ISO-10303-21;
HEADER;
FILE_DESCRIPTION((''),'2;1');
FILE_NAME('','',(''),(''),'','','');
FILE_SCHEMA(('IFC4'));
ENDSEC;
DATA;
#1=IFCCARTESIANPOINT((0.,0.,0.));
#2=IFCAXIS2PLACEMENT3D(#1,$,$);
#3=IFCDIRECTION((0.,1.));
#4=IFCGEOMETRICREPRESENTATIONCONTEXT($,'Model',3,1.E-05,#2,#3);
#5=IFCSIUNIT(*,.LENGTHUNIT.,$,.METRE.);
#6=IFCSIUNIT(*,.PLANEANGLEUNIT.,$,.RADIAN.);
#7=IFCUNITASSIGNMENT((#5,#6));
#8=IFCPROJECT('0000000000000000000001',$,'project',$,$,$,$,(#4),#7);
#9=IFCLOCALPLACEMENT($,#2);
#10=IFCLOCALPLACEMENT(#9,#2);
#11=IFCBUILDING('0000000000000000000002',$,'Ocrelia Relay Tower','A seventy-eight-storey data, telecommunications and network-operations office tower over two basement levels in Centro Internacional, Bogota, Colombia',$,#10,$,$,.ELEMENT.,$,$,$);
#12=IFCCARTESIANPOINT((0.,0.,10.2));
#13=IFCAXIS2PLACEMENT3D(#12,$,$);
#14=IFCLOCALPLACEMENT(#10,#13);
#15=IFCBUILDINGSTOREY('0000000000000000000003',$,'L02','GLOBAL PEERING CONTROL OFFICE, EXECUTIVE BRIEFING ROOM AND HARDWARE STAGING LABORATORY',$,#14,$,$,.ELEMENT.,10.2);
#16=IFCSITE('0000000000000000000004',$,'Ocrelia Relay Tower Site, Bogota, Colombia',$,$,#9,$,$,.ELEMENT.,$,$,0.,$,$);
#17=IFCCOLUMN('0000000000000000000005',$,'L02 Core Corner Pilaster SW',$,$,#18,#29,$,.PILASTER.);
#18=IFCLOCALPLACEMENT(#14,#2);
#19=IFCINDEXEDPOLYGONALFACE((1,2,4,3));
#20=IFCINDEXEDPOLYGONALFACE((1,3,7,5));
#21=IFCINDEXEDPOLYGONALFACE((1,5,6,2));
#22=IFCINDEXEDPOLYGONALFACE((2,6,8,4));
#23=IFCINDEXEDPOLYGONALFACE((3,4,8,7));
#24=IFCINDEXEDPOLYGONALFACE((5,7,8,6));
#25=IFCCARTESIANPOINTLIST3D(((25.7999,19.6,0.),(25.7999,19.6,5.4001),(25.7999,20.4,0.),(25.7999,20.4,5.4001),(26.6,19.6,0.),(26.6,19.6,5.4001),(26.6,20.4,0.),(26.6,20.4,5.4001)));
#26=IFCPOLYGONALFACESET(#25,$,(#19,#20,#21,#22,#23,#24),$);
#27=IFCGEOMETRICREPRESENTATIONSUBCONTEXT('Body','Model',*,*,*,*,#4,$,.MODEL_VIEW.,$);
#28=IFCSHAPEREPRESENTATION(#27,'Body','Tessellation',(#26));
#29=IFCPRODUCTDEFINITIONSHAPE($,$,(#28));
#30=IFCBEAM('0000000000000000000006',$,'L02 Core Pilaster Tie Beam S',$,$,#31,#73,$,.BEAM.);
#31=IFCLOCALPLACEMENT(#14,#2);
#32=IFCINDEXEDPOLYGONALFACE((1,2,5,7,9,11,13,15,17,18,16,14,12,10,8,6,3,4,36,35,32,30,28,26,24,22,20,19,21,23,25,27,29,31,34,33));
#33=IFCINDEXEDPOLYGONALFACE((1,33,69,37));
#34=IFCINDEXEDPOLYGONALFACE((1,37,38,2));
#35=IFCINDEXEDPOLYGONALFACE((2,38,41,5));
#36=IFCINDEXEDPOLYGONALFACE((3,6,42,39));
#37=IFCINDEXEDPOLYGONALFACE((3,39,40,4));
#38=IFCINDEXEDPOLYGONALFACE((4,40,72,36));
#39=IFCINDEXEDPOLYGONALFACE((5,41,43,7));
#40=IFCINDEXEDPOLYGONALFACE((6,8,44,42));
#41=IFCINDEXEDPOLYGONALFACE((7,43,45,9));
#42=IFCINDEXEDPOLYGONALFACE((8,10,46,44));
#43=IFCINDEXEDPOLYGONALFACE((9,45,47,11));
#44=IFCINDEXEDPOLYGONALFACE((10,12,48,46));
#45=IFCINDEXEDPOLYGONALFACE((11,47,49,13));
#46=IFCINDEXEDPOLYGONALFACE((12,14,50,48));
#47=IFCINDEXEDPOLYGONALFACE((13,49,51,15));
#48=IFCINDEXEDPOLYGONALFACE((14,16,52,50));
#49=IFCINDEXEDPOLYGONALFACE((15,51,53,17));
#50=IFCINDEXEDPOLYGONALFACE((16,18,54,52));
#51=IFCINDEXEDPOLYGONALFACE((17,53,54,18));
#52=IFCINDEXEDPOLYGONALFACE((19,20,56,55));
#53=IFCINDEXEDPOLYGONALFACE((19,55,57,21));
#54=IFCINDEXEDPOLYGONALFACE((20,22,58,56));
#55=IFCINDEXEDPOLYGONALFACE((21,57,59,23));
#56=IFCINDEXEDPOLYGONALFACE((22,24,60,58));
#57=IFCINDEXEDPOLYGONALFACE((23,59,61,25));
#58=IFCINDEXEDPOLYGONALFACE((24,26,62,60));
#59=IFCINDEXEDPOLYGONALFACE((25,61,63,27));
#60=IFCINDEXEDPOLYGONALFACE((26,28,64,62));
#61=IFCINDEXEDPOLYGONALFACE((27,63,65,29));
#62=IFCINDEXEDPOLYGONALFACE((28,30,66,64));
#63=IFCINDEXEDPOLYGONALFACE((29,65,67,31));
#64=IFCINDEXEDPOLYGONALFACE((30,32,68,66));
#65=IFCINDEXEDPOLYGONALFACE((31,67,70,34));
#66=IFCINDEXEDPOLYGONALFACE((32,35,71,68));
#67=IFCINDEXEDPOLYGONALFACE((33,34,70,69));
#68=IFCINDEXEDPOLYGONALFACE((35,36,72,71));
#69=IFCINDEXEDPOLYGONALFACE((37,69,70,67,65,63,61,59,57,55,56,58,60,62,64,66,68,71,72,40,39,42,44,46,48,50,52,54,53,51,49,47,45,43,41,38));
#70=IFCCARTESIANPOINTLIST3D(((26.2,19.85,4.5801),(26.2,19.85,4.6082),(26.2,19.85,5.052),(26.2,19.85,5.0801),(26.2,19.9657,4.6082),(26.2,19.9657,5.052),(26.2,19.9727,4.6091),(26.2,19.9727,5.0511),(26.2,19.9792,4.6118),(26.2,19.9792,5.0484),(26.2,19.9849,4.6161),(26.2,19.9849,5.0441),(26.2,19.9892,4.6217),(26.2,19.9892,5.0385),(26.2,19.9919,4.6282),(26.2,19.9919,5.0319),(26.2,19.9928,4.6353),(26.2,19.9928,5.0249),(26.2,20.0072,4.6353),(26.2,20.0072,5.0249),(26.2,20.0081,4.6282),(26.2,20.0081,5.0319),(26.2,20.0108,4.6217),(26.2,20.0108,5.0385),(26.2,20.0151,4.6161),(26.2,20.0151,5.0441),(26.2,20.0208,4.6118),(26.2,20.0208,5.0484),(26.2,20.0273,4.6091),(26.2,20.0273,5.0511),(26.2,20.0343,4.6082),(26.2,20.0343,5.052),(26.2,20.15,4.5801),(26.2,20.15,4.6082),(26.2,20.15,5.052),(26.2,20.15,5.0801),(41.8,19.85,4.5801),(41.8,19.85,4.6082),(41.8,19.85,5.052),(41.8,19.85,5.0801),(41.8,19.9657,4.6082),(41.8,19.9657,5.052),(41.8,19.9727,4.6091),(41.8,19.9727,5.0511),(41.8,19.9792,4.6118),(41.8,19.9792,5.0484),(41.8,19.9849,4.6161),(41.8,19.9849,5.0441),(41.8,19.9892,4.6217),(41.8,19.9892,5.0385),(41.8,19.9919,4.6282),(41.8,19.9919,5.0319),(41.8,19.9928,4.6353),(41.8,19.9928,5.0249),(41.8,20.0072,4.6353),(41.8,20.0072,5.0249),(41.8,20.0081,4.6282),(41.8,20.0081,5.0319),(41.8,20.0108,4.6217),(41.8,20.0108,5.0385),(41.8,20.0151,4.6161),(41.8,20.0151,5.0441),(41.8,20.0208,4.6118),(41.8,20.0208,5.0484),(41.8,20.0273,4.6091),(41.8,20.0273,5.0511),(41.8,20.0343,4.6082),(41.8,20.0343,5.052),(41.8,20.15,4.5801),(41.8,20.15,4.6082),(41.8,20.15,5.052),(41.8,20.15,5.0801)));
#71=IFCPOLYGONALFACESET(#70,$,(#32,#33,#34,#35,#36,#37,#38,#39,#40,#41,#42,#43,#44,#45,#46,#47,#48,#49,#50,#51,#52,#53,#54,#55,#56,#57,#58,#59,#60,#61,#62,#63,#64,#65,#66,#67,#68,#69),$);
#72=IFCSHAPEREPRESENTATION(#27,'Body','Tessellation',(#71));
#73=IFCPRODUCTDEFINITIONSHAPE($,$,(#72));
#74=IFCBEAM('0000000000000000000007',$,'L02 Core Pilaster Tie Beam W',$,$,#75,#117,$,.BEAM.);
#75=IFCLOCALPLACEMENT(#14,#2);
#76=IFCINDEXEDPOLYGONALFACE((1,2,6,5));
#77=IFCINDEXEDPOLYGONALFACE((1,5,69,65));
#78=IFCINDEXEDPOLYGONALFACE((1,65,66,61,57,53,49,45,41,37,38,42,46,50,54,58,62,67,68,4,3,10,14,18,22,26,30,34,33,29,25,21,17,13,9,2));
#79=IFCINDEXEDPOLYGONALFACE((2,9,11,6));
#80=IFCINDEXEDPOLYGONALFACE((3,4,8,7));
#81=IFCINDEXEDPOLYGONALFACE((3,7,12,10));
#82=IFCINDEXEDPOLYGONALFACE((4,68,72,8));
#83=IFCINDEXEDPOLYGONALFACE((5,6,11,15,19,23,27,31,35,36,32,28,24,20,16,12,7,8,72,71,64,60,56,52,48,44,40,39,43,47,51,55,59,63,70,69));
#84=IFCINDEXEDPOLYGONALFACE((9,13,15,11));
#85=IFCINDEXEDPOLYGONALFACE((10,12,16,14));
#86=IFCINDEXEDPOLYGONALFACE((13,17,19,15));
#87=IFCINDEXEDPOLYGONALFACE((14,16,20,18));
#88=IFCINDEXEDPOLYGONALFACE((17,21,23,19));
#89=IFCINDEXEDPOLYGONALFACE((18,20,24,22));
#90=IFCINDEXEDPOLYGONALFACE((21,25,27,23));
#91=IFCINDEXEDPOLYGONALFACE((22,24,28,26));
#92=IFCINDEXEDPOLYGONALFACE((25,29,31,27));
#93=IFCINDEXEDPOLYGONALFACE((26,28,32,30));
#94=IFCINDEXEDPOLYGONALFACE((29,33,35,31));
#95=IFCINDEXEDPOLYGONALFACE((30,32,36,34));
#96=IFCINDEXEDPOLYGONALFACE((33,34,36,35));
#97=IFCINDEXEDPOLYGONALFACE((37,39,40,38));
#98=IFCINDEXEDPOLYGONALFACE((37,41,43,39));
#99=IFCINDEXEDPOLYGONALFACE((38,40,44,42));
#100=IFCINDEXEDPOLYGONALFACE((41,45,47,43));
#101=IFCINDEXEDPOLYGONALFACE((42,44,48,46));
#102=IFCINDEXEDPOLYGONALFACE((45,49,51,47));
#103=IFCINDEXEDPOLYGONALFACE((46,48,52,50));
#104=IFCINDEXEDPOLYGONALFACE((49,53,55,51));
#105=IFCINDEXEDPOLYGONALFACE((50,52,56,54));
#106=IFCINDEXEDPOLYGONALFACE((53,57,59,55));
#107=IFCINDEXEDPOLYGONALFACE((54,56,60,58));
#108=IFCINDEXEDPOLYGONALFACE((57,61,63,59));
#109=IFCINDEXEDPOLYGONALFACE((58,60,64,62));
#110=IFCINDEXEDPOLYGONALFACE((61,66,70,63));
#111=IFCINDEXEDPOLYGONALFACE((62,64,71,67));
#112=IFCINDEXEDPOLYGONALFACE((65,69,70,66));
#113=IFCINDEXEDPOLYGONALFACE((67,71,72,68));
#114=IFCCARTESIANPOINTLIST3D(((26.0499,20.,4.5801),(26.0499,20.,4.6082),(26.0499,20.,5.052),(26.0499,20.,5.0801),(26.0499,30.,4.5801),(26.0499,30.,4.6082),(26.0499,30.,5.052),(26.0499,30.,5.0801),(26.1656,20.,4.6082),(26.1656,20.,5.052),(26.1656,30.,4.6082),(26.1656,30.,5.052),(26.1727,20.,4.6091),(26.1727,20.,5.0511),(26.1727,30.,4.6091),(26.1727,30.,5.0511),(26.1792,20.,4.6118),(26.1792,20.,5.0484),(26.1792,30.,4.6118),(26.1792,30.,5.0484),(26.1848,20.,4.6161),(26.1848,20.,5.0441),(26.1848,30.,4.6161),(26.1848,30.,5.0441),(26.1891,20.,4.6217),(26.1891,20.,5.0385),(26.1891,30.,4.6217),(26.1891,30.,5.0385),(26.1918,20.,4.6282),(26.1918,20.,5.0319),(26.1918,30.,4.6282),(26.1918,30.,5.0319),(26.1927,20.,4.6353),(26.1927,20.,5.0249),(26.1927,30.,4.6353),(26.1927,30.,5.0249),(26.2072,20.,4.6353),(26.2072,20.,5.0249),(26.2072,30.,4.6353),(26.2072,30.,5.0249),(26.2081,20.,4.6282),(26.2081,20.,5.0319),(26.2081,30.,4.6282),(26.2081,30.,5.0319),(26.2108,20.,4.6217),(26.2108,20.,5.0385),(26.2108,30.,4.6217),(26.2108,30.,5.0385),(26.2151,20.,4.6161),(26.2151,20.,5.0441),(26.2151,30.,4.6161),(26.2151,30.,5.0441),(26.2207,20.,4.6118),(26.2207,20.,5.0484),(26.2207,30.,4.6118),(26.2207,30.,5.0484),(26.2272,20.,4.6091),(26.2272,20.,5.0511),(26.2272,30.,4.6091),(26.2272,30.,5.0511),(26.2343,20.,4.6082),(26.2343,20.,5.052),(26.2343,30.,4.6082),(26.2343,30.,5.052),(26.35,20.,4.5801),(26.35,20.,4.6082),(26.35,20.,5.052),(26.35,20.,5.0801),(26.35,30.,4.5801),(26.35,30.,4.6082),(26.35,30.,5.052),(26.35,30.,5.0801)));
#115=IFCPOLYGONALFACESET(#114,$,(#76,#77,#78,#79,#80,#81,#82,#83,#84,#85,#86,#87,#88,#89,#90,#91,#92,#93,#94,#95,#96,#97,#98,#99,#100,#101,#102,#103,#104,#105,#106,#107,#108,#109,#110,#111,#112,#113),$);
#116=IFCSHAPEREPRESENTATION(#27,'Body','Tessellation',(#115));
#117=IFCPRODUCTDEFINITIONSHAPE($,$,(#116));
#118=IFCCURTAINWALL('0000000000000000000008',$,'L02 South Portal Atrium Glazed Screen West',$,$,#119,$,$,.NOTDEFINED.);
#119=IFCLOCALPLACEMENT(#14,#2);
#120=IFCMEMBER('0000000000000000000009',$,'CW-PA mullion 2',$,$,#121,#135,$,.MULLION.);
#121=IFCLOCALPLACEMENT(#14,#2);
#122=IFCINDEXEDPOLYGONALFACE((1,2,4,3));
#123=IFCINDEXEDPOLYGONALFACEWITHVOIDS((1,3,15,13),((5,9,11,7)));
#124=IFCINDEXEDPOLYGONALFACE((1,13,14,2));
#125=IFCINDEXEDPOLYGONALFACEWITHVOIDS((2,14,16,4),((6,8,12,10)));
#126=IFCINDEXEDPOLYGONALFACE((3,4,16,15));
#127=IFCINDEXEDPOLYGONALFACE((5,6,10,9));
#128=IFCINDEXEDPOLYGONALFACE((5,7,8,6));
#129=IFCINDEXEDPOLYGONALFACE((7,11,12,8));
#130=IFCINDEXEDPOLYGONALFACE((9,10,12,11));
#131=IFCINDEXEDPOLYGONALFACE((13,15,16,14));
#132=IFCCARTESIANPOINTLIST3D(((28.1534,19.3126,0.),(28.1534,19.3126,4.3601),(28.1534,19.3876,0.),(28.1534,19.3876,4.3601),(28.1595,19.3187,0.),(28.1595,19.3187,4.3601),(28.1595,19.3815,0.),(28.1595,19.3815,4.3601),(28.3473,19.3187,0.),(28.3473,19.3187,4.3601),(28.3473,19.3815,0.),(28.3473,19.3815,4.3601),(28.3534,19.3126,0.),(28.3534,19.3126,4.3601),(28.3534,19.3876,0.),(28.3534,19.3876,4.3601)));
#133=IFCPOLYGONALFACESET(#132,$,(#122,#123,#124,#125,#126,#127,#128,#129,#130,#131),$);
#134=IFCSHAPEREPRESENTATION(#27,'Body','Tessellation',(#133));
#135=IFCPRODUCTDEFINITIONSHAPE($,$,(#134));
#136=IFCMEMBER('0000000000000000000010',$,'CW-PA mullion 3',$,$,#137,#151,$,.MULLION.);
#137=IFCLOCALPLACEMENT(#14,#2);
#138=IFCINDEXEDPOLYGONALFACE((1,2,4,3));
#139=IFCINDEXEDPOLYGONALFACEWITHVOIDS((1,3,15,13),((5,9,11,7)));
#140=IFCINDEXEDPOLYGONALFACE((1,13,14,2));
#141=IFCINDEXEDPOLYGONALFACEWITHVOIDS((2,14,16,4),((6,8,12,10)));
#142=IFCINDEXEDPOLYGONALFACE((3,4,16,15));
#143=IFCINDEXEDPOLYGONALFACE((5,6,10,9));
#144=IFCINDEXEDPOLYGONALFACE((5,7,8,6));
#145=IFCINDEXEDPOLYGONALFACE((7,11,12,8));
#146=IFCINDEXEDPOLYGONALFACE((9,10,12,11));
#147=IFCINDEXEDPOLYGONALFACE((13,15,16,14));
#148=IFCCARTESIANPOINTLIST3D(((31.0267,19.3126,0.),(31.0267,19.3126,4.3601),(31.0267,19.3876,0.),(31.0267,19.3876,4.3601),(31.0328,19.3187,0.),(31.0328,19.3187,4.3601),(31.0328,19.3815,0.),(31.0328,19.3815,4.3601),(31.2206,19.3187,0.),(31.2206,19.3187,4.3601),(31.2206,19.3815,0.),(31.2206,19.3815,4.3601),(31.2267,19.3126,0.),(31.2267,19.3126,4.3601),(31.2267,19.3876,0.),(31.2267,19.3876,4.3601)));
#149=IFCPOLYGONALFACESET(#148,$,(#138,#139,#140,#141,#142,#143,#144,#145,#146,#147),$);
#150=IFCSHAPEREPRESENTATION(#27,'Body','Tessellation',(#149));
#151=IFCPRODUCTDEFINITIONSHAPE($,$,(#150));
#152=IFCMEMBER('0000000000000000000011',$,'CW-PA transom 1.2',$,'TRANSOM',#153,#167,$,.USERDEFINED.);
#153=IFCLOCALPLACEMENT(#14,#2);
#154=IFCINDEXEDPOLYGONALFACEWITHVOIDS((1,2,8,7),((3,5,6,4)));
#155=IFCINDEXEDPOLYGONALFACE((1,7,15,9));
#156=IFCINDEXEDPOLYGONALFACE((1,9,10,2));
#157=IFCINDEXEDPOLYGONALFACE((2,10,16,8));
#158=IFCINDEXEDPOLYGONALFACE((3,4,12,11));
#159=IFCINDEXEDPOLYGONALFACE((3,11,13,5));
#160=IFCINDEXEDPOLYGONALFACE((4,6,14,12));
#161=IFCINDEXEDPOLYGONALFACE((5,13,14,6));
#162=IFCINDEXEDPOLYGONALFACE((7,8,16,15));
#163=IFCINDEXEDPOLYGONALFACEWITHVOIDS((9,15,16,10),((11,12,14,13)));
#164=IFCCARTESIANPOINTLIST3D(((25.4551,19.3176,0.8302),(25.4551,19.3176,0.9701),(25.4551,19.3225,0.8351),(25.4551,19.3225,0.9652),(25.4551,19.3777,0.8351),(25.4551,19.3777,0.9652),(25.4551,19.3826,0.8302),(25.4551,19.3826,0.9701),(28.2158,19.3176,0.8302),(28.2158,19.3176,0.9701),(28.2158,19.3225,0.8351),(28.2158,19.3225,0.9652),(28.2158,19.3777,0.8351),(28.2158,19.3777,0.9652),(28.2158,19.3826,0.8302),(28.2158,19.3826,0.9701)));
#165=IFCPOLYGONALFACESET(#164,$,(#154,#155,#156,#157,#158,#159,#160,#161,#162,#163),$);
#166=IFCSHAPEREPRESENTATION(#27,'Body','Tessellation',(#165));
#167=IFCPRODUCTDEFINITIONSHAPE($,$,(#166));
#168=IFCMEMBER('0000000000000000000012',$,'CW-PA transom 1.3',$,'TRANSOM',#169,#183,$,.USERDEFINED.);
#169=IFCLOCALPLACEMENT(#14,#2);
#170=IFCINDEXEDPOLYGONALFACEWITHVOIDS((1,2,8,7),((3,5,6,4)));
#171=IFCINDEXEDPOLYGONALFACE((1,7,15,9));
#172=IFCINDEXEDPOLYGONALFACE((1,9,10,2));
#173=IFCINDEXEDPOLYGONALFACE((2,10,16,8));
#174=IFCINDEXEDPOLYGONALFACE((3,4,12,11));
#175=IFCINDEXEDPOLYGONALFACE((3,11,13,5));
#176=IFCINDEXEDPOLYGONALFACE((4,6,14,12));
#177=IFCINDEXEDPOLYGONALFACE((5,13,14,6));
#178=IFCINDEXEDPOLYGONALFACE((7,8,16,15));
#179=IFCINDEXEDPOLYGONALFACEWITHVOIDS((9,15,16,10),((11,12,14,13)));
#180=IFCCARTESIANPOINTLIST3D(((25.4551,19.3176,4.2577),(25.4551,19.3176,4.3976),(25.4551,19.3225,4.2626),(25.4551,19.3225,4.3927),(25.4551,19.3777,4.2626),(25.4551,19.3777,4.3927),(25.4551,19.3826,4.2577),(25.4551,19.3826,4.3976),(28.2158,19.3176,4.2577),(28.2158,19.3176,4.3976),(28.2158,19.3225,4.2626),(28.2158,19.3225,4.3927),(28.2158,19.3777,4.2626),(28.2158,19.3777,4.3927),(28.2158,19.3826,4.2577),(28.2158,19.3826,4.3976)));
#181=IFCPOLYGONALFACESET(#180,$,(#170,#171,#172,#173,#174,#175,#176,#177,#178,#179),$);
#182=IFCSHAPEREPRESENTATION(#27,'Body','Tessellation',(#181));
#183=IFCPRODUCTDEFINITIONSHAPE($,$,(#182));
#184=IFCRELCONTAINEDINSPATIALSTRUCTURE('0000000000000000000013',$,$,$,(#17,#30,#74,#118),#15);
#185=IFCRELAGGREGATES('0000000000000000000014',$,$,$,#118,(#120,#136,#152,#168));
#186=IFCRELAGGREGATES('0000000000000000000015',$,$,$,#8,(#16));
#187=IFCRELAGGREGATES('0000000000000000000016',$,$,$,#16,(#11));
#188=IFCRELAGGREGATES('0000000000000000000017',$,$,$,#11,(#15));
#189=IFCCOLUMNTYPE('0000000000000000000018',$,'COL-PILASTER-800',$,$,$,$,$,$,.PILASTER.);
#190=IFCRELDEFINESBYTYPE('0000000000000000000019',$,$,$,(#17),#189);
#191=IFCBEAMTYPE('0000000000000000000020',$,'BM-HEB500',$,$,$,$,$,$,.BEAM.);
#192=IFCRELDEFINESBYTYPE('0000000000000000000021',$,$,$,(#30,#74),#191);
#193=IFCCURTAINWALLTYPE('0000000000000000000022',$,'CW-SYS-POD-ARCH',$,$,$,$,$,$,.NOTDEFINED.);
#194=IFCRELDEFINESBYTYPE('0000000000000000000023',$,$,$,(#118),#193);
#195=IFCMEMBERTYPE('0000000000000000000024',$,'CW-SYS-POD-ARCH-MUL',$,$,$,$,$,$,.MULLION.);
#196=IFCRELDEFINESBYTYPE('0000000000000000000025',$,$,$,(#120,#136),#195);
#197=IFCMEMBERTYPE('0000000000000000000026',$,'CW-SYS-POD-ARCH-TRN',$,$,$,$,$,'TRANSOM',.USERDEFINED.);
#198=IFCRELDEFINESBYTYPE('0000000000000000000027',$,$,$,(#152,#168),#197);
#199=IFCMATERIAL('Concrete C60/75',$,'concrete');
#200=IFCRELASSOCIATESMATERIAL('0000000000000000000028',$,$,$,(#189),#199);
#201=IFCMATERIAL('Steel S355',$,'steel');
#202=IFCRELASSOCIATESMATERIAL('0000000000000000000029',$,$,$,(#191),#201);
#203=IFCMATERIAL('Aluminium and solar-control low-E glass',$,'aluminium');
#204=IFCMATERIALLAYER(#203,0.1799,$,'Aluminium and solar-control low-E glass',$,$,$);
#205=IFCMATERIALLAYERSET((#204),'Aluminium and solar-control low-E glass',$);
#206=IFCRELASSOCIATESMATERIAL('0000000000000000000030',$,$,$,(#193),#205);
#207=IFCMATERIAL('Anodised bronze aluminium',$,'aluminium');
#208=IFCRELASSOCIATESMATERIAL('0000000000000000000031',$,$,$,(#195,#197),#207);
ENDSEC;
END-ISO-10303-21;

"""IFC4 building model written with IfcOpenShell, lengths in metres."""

from ifc_helpers import new_model, si_unit, direction, frame, origin, origin_2d, place, context, subcontext, project, spatial, rectangle, hollow_rectangle, i_section, extrude, material, layer, layer_set, material_profile, profile_set, type_object, element, aggregate, save


model = new_model("IFC4")

# Units and contexts
model_context = context("Model", 3, precision=1e-05, world=origin(), true_north=direction((0.0, 1.0)))
body_context = subcontext(model_context, "Body", "Model", "MODEL_VIEW")
ifc_project = project(units=[si_unit("LENGTHUNIT", "METRE"), si_unit("PLANEANGLEUNIT", "RADIAN")], contexts=[model_context])

# Site, building, storey
site_placement = place(None, origin())
site = spatial("IfcSite", under=ifc_project, at=site_placement, Name="Ocrelia Relay Tower Site, Bogota, Colombia", CompositionType="ELEMENT", RefElevation=0.0)
building_placement = place(site_placement, origin())
building = spatial("IfcBuilding", under=site, at=building_placement, Name="Ocrelia Relay Tower", Description="A seventy-eight-storey data, telecommunications and network-operations office tower over two basement levels in Centro Internacional, Bogota, Colombia", CompositionType="ELEMENT")
storey_placement = place(building_placement, frame((0.0, 0.0, 10.2)))
storey = spatial("IfcBuildingStorey", under=building, at=storey_placement, Name="L02", Description="GLOBAL PEERING CONTROL OFFICE, EXECUTIVE BRIEFING ROOM AND HARDWARE STAGING LABORATORY", CompositionType="ELEMENT", Elevation=10.2)

# Column
ifc_material_1 = material(Name="Concrete C60/75", Category="concrete")
ifc_material_profile_1 = material_profile(ifc_material_1, rectangle(XDim=0.8, YDim=0.8, at=origin_2d()), Name="RC-COL-800x800")
ifc_profile_set_1 = profile_set([ifc_material_profile_1], Name="Concrete C60/75")
column_type = type_object("IfcColumnType", Name="COL-PILASTER-800", PredefinedType="PILASTER", material=ifc_profile_set_1)
column_placement = place(storey_placement, frame((26.2, 20.0, 0.0), z_axis=(0.0, 0.0, 1.0), x_axis=(1.0, 0.0, 0.0)))
element("IfcColumn", 1, at=column_placement, inside=storey, type_object=column_type, Name="L02 Core Corner Pilaster SW", PredefinedType="PILASTER", context=body_context, shape_type="SweptSolid", body=[
    extrude(rectangle(XDim=0.8, YDim=0.8, at=origin_2d()), origin(), (0.0, 0.0, 1.0), 5.4001),
])

# Beams
ifc_material_2 = material(Name="Steel S355", Category="steel")
ifc_material_profile_2 = material_profile(ifc_material_2, i_section(OverallWidth=0.3, OverallDepth=0.5, WebThickness=0.0144, FlangeThickness=0.0281, FilletRadius=0.0271, at=origin_2d()), Name="HEB 500")
ifc_profile_set_2 = profile_set([ifc_material_profile_2], Name="Steel S355")
beam_type = type_object("IfcBeamType", Name="BM-HEB500", PredefinedType="BEAM", material=ifc_profile_set_2)
beam_1_placement = place(storey_placement, frame((26.2, 20.0, 4.8301), z_axis=(1.0, 0.0, 0.0), x_axis=(0.0, 1.0, 0.0)))
element("IfcBeam", 2, at=beam_1_placement, inside=storey, type_object=beam_type, Name="L02 Core Pilaster Tie Beam S", PredefinedType="BEAM", context=body_context, shape_type="SweptSolid", body=[
    extrude(i_section(OverallWidth=0.3, OverallDepth=0.5, WebThickness=0.0144, FlangeThickness=0.0281, FilletRadius=0.0271, at=origin_2d()), origin(), (0.0, 0.0, 1.0), 15.6001),
])
beam_2_placement = place(storey_placement, frame((26.2, 20.0, 4.8301), z_axis=(0.0, 1.0, 0.0), x_axis=(-1.0, 0.0, 0.0)))
element("IfcBeam", 3, at=beam_2_placement, inside=storey, type_object=beam_type, Name="L02 Core Pilaster Tie Beam W", PredefinedType="BEAM", context=body_context, shape_type="SweptSolid", body=[
    extrude(i_section(OverallWidth=0.3, OverallDepth=0.5, WebThickness=0.0144, FlangeThickness=0.0281, FilletRadius=0.0271, at=origin_2d()), origin(), (0.0, 0.0, 1.0), 10.0),
])

# Curtain wall, members
ifc_material_3 = material(Name="Aluminium and solar-control low-E glass", Category="aluminium")
ifc_layer_1 = layer(ifc_material_3, 0.1799, Name="Aluminium and solar-control low-E glass")
ifc_layer_set_1 = layer_set([ifc_layer_1], Name="Aluminium and solar-control low-E glass")
curtain_wall_type = type_object("IfcCurtainWallType", Name="CW-SYS-POD-ARCH", PredefinedType="NOTDEFINED", material=ifc_layer_set_1)
curtain_wall_placement = place(storey_placement, origin())
curtain_wall = element("IfcCurtainWall", 4, at=curtain_wall_placement, inside=storey, type_object=curtain_wall_type, Name="L02 South Portal Atrium Glazed Screen West", PredefinedType="NOTDEFINED")
ifc_material_4 = material(Name="Anodised bronze aluminium", Category="aluminium")
ifc_material_profile_3 = material_profile(ifc_material_4, hollow_rectangle(XDim=0.075, YDim=0.2, WallThickness=0.0061, at=origin_2d()), Name="CW-MUL-200x75")
ifc_profile_set_3 = profile_set([ifc_material_profile_3], Name="Anodised bronze aluminium")
member_type_1 = type_object("IfcMemberType", Name="CW-SYS-POD-ARCH-MUL", PredefinedType="MULLION", material=ifc_profile_set_3)
member_1_placement = place(storey_placement, frame((28.2534, 19.3501, 0.0), z_axis=(0.0, 0.0, 1.0), x_axis=(0.0, 1.0, 0.0)))
member_1 = element("IfcMember", 5, at=member_1_placement, type_object=member_type_1, Name="CW-PA mullion 2", PredefinedType="MULLION", context=body_context, shape_type="SweptSolid", body=[
    extrude(hollow_rectangle(XDim=0.075, YDim=0.2, WallThickness=0.0061, at=origin_2d()), origin(), (0.0, 0.0, 1.0), 4.3601),
])
member_2_placement = place(storey_placement, frame((31.1267, 19.3501, 0.0), z_axis=(0.0, 0.0, 1.0), x_axis=(0.0, 1.0, 0.0)))
member_2 = element("IfcMember", 6, at=member_2_placement, type_object=member_type_1, Name="CW-PA mullion 3", PredefinedType="MULLION", context=body_context, shape_type="SweptSolid", body=[
    extrude(hollow_rectangle(XDim=0.075, YDim=0.2, WallThickness=0.0061, at=origin_2d()), origin(), (0.0, 0.0, 1.0), 4.3601),
])
ifc_material_profile_4 = material_profile(ifc_material_4, hollow_rectangle(XDim=0.0649, YDim=0.1399, WallThickness=0.0049, at=origin_2d()), Name="CW-TRN-140x65")
ifc_profile_set_4 = profile_set([ifc_material_profile_4], Name="Anodised bronze aluminium")
member_type_2 = type_object("IfcMemberType", Name="CW-SYS-POD-ARCH-TRN", ElementType="TRANSOM", PredefinedType="USERDEFINED", material=ifc_profile_set_4)
member_3_placement = place(storey_placement, frame((25.4551, 19.3501, 0.9001), z_axis=(1.0, 0.0, 0.0), x_axis=(0.0, 1.0, 0.0)))
member_3 = element("IfcMember", 7, at=member_3_placement, type_object=member_type_2, Name="CW-PA transom 1.2", ObjectType="TRANSOM", PredefinedType="USERDEFINED", context=body_context, shape_type="SweptSolid", body=[
    extrude(hollow_rectangle(XDim=0.0649, YDim=0.1399, WallThickness=0.0049, at=origin_2d()), origin(), (0.0, 0.0, 1.0), 2.7607),
])
member_4_placement = place(storey_placement, frame((25.4551, 19.3501, 4.3276), z_axis=(1.0, 0.0, 0.0), x_axis=(0.0, 1.0, 0.0)))
member_4 = element("IfcMember", 8, at=member_4_placement, type_object=member_type_2, Name="CW-PA transom 1.3", ObjectType="TRANSOM", PredefinedType="USERDEFINED", context=body_context, shape_type="SweptSolid", body=[
    extrude(hollow_rectangle(XDim=0.0649, YDim=0.1399, WallThickness=0.0049, at=origin_2d()), origin(), (0.0, 0.0, 1.0), 2.7607),
])
aggregate(curtain_wall, [member_1, member_2, member_3, member_4])

save(model, "model.ifc")
